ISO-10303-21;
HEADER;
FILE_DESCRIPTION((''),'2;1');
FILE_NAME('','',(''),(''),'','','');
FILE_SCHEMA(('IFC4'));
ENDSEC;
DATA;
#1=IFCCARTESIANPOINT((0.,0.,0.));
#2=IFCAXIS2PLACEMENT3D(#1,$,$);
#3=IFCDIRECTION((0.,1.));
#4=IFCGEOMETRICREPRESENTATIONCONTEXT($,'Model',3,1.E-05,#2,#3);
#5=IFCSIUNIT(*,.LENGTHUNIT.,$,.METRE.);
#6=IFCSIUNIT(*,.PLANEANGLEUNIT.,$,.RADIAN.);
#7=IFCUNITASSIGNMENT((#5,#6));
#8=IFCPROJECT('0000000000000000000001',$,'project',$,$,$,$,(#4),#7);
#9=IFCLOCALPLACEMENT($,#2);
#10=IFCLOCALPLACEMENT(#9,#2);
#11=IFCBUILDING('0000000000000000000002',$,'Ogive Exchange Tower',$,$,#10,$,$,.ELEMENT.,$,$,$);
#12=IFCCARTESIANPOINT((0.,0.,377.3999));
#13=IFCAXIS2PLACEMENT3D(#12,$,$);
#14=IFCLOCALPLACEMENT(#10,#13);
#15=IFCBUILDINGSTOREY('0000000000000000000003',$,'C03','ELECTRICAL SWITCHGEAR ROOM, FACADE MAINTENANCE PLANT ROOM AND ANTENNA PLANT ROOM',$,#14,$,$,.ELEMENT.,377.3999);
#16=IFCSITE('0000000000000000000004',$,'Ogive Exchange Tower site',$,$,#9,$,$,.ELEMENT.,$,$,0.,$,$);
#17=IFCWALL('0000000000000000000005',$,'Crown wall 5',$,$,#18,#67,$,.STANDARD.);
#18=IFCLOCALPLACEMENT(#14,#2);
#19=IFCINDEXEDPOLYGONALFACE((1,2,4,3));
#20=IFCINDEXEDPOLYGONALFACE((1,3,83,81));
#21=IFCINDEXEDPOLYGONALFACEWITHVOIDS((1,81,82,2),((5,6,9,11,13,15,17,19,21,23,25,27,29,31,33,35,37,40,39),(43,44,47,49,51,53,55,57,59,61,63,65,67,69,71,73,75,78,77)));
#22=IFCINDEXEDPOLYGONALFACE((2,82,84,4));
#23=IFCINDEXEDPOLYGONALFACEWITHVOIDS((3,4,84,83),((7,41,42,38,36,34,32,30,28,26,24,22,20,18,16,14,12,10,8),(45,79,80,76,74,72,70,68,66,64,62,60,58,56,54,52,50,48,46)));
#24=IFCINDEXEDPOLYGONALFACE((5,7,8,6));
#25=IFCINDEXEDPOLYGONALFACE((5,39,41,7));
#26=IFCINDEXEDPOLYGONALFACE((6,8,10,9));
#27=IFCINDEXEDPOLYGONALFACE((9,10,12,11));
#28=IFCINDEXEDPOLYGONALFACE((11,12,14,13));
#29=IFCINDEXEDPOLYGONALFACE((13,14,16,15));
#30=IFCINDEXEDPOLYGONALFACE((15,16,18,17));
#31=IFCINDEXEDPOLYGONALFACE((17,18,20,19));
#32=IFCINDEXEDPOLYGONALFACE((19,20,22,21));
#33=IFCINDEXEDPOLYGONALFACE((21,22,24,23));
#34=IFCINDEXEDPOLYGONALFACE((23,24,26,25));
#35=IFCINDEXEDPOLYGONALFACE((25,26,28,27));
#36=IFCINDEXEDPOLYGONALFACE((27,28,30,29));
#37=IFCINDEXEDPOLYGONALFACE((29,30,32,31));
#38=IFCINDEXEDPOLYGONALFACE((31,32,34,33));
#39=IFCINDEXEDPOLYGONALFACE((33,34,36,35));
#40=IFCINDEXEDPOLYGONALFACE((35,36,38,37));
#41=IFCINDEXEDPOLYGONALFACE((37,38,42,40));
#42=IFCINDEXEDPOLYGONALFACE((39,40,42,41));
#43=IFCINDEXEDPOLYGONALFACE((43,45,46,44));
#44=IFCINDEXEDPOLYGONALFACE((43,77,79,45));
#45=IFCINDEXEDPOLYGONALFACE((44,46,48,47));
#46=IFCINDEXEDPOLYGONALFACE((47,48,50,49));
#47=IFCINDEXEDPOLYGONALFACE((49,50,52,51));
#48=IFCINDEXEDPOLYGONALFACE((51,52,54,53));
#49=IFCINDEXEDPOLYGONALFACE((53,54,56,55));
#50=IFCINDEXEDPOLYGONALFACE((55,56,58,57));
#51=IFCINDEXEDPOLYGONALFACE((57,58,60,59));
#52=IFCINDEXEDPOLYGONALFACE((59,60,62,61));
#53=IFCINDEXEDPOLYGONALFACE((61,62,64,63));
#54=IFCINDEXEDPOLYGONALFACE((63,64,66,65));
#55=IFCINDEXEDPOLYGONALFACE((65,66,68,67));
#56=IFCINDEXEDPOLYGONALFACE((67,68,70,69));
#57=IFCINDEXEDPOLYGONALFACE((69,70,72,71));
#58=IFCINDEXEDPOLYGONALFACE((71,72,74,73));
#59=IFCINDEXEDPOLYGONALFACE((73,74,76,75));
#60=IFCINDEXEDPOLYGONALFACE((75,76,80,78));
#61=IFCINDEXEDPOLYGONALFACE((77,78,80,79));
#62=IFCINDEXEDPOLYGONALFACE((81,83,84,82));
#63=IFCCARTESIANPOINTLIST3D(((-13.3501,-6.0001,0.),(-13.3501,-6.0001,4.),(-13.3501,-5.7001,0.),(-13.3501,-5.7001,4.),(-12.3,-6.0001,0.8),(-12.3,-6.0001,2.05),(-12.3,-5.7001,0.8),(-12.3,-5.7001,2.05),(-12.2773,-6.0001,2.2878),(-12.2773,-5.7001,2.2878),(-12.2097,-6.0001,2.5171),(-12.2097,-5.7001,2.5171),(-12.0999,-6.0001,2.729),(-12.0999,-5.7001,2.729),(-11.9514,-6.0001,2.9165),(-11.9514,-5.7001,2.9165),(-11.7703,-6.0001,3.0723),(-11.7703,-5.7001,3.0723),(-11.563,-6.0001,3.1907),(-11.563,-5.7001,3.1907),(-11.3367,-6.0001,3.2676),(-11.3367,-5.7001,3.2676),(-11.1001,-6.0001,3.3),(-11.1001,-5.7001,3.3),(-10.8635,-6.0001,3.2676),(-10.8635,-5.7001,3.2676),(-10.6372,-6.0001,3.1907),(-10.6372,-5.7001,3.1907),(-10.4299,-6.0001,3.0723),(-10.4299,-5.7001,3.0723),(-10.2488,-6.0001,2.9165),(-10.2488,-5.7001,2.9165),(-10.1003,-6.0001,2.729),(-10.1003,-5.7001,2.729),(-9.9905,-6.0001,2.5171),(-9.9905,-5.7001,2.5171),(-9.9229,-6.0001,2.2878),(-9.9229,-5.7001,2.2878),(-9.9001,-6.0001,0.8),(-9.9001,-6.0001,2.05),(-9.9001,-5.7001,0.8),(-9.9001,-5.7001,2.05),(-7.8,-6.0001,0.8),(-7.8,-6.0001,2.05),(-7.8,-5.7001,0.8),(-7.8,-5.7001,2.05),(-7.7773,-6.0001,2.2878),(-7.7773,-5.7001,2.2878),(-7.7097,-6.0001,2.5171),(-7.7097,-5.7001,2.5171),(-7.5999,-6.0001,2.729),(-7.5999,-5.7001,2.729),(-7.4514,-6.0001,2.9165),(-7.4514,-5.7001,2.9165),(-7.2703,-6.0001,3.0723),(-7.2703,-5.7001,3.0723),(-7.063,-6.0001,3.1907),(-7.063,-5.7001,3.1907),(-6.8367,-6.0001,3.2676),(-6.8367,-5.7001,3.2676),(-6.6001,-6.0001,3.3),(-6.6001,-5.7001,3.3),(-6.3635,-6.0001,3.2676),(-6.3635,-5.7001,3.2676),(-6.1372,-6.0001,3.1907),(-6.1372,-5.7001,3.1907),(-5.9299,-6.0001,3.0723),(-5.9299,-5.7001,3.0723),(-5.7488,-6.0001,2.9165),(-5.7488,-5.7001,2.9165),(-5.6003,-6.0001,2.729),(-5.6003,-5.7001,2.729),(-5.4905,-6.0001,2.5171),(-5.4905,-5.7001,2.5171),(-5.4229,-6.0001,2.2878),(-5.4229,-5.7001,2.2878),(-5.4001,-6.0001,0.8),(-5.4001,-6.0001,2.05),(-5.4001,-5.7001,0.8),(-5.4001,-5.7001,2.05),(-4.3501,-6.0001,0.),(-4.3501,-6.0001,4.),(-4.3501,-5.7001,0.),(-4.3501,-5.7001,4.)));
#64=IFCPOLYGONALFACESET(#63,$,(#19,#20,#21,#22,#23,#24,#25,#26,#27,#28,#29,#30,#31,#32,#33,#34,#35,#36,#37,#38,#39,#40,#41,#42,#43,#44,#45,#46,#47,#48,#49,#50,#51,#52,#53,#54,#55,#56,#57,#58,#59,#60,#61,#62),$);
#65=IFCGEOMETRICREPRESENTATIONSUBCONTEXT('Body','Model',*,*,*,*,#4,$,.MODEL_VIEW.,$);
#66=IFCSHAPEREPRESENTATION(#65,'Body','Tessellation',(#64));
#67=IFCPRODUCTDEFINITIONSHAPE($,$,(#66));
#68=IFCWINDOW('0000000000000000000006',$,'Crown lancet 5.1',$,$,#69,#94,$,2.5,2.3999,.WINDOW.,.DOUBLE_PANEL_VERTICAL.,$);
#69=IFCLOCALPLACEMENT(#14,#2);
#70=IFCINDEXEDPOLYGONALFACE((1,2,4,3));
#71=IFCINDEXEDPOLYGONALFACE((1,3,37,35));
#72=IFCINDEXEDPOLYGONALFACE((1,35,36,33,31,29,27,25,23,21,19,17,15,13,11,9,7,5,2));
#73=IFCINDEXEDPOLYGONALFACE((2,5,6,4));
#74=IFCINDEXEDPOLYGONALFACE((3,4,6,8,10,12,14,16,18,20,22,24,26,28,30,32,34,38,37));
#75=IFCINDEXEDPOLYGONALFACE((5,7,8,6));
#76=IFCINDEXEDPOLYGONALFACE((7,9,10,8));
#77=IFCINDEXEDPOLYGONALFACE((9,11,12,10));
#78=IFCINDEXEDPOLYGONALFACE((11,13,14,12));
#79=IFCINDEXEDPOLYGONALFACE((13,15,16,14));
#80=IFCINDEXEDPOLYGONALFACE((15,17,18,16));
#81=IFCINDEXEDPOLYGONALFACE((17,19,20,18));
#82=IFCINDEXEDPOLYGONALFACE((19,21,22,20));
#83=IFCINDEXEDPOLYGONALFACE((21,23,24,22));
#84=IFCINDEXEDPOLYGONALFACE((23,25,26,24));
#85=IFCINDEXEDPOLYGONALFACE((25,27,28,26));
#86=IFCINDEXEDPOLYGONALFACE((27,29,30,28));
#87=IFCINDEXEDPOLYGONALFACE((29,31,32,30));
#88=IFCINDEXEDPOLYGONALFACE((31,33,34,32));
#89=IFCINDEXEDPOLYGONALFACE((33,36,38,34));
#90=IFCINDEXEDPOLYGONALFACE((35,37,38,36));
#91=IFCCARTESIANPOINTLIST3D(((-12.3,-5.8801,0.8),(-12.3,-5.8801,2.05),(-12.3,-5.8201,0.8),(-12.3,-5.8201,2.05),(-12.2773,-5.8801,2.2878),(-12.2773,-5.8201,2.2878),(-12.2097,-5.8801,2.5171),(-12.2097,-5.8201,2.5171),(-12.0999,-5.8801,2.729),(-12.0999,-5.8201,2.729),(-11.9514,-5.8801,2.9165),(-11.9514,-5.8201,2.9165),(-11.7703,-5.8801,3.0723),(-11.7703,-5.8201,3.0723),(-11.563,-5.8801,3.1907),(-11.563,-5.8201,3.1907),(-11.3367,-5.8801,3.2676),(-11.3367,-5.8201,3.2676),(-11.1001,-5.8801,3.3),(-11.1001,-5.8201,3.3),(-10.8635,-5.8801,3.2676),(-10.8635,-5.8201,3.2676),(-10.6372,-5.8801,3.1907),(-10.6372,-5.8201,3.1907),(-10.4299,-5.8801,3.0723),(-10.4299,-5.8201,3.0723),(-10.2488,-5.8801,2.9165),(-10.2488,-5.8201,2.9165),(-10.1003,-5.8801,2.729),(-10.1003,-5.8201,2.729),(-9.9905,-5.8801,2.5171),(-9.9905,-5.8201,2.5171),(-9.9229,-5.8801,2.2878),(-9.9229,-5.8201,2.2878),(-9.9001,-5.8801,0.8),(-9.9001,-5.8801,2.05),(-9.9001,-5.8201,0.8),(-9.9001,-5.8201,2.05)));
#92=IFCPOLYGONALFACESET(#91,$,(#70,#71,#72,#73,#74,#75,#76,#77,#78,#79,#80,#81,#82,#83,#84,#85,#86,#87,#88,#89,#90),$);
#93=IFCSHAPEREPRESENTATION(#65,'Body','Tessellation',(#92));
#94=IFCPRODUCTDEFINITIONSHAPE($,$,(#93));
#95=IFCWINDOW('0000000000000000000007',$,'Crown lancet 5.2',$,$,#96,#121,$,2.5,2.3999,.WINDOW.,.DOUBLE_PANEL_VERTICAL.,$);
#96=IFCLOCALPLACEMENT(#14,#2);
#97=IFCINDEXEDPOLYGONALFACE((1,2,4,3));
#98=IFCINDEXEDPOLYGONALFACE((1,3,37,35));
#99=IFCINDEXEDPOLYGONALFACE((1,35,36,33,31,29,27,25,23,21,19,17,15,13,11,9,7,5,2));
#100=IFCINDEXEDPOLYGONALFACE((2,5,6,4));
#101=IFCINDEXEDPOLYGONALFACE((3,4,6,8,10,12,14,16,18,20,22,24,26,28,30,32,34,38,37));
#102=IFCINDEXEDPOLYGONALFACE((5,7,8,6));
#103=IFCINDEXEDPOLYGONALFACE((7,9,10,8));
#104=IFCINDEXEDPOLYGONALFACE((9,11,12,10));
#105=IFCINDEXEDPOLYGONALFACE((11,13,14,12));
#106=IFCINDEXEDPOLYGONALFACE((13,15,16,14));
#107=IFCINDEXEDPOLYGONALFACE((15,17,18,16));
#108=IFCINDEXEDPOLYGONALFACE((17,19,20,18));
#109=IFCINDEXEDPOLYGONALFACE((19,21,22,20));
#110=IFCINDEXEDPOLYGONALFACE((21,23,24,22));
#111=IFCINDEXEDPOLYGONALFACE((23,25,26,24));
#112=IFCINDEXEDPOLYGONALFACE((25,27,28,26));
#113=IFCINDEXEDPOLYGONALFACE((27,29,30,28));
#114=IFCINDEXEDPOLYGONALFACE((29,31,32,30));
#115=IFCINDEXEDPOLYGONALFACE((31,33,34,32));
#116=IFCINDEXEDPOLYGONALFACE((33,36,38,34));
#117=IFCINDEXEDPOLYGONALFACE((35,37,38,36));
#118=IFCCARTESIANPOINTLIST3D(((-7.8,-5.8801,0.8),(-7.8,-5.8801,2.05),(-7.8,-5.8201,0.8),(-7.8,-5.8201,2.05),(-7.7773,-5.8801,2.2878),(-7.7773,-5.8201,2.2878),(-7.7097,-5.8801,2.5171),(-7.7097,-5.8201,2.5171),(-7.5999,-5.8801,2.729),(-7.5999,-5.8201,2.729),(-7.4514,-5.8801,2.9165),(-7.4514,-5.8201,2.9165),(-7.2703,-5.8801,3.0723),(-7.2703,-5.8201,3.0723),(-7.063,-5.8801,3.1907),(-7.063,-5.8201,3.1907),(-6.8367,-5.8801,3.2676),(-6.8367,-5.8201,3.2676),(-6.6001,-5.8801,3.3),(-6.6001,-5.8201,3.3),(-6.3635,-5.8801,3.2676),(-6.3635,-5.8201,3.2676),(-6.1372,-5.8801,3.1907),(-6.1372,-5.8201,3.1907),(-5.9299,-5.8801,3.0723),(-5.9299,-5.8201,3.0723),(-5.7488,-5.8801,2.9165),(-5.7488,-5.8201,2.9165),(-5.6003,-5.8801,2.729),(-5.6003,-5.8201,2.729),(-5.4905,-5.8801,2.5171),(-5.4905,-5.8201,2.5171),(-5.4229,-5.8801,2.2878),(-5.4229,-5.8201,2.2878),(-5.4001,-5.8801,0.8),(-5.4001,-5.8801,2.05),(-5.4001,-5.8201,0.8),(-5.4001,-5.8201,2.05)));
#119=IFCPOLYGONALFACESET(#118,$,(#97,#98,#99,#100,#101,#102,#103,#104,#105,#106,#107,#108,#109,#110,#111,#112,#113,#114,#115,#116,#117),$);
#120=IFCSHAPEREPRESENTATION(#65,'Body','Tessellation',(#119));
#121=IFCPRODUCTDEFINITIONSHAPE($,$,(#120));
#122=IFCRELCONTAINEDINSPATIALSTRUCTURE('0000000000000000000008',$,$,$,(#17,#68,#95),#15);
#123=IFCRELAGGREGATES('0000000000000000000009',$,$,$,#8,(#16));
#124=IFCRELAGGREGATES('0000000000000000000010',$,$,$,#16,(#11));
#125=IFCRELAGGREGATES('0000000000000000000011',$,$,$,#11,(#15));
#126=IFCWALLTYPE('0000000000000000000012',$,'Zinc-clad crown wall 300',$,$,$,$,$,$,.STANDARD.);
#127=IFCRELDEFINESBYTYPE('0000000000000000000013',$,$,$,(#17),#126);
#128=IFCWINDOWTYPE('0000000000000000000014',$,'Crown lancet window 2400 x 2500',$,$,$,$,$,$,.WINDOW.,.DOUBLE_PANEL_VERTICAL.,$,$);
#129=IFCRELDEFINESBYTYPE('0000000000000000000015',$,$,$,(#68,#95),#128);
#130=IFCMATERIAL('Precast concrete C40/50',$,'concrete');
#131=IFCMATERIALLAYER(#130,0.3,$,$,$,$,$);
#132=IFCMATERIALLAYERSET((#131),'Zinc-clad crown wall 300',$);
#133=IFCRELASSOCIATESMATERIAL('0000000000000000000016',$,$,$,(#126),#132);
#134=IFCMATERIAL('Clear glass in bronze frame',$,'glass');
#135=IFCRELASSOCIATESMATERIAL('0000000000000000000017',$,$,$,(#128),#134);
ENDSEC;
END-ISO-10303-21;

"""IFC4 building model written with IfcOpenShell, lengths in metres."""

from ifc_helpers import new_model, si_unit, direction, frame, frame_2d, origin, place, context, subcontext, project, spatial, polyline, rectangle, outline, extrude, material, layer, layer_set, type_object, element, fill, save


model = new_model("IFC4")

# Units and contexts
model_context = context("Model", 3, precision=1e-05, world=origin(), true_north=direction((0.0, 1.0)))
body_context = subcontext(model_context, "Body", "Model", "MODEL_VIEW")
ifc_project = project(units=[si_unit("LENGTHUNIT", "METRE"), si_unit("PLANEANGLEUNIT", "RADIAN")], contexts=[model_context])

# Site, building, storey
site_placement = place(None, origin())
site = spatial("IfcSite", under=ifc_project, at=site_placement, Name="Ogive Exchange Tower site", CompositionType="ELEMENT", RefElevation=0.0)
building_placement = place(site_placement, origin())
building = spatial("IfcBuilding", under=site, at=building_placement, Name="Ogive Exchange Tower", CompositionType="ELEMENT")
storey_placement = place(building_placement, frame((0.0, 0.0, 377.3999)))
storey = spatial("IfcBuildingStorey", under=building, at=storey_placement, Name="C03", Description="ELECTRICAL SWITCHGEAR ROOM, FACADE MAINTENANCE PLANT ROOM AND ANTENNA PLANT ROOM", CompositionType="ELEMENT", Elevation=377.3999)

# Wall, openings, windows
ifc_material_1 = material(Name="Precast concrete C40/50", Category="concrete")
ifc_layer_1 = layer(ifc_material_1, 0.3)
ifc_layer_set_1 = layer_set([ifc_layer_1], Name="Zinc-clad crown wall 300")
wall_type_1 = type_object("IfcWallType", Name="Zinc-clad crown wall 300", PredefinedType="STANDARD", material=ifc_layer_set_1)
wall_1_placement = place(storey_placement, frame((-13.3501, -5.8501, 0.0), z_axis=(0.0, 0.0, 1.0), x_axis=(1.0, 0.0, 0.0)))
wall_1 = element("IfcWall", 1, at=wall_1_placement, inside=storey, type_object=wall_type_1, Name="Crown wall 5", PredefinedType="STANDARD", context=body_context, shape_type="SweptSolid", body=[
    extrude(rectangle(XDim=9.0, YDim=0.3, at=frame_2d((4.5, 0.0))), origin(), (0.0, 0.0, 1.0), 4.0),
])
opening_1_placement = place(wall_1_placement, frame((1.05, 0.0, 0.8)))
opening_1 = element("IfcOpeningElement", 2, at=opening_1_placement, cuts=wall_1, PredefinedType="OPENING", context=body_context, shape_type="SweptSolid", body=[
    extrude(outline(polyline([(0.0, 0.0), (2.3999, 0.0), (2.3999, 1.25), (2.3772, 1.4878), (2.3096, 1.717), (2.1997, 1.929), (2.0513, 2.1165), (1.8701, 2.2722), (1.6628, 2.3906), (1.4365, 2.4675), (1.2, 2.5), (0.9634, 2.4675), (0.7371, 2.3906), (0.5298, 2.2722), (0.3486, 2.1165), (0.2002, 1.929), (0.0903, 1.717), (0.0227, 1.4878), (0.0, 1.25), (0.0, 0.0)])), frame((0.0, 0.1599, 0.0), z_axis=(0.0, -1.0, 0.0), x_axis=(1.0, 0.0, 0.0)), (0.0, 0.0, 1.0), 0.3201),
])
opening_2_placement = place(wall_1_placement, frame((5.55, 0.0, 0.8)))
opening_2 = element("IfcOpeningElement", 3, at=opening_2_placement, cuts=wall_1, PredefinedType="OPENING", context=body_context, shape_type="SweptSolid", body=[
    extrude(outline(polyline([(0.0, 0.0), (2.3999, 0.0), (2.3999, 1.25), (2.3772, 1.4878), (2.3096, 1.717), (2.1997, 1.929), (2.0513, 2.1165), (1.8701, 2.2722), (1.6628, 2.3906), (1.4365, 2.4675), (1.2, 2.5), (0.9634, 2.4675), (0.7371, 2.3906), (0.5298, 2.2722), (0.3486, 2.1165), (0.2002, 1.929), (0.0903, 1.717), (0.0227, 1.4878), (0.0, 1.25), (0.0, 0.0)])), frame((0.0, 0.1599, 0.0), z_axis=(0.0, -1.0, 0.0), x_axis=(1.0, 0.0, 0.0)), (0.0, 0.0, 1.0), 0.3201),
])
ifc_material_2 = material(Name="Clear glass in bronze frame", Category="glass")
window_type = type_object("IfcWindowType", Name="Crown lancet window 2400 x 2500", PartitioningType="DOUBLE_PANEL_VERTICAL", PredefinedType="WINDOW", material=ifc_material_2)
window_1_placement = place(opening_1_placement, origin())
window_1 = element("IfcWindow", 4, at=window_1_placement, inside=storey, type_object=window_type, Name="Crown lancet 5.1", OverallHeight=2.5, OverallWidth=2.3999, PartitioningType="DOUBLE_PANEL_VERTICAL", PredefinedType="WINDOW", context=body_context, shape_type="SweptSolid", body=[
    extrude(outline(polyline([(0.0, 0.0), (2.3999, 0.0), (2.3999, 1.25), (2.3772, 1.4878), (2.3096, 1.717), (2.1997, 1.929), (2.0513, 2.1165), (1.8701, 2.2722), (1.6628, 2.3906), (1.4365, 2.4675), (1.2, 2.5), (0.9634, 2.4675), (0.7371, 2.3906), (0.5298, 2.2722), (0.3486, 2.1165), (0.2002, 1.929), (0.0903, 1.717), (0.0227, 1.4878), (0.0, 1.25), (0.0, 0.0)])), frame((0.0, 0.03, 0.0), z_axis=(0.0, -1.0, 0.0), x_axis=(1.0, 0.0, 0.0)), (0.0, 0.0, 1.0), 0.0601),
])
fill(opening_1, window_1)
window_2_placement = place(opening_2_placement, origin())
window_2 = element("IfcWindow", 5, at=window_2_placement, inside=storey, type_object=window_type, Name="Crown lancet 5.2", OverallHeight=2.5, OverallWidth=2.3999, PartitioningType="DOUBLE_PANEL_VERTICAL", PredefinedType="WINDOW", context=body_context, shape_type="SweptSolid", body=[
    extrude(outline(polyline([(0.0, 0.0), (2.3999, 0.0), (2.3999, 1.25), (2.3772, 1.4878), (2.3096, 1.717), (2.1997, 1.929), (2.0513, 2.1165), (1.8701, 2.2722), (1.6628, 2.3906), (1.4365, 2.4675), (1.2, 2.5), (0.9634, 2.4675), (0.7371, 2.3906), (0.5298, 2.2722), (0.3486, 2.1165), (0.2002, 1.929), (0.0903, 1.717), (0.0227, 1.4878), (0.0, 1.25), (0.0, 0.0)])), frame((0.0, 0.03, 0.0), z_axis=(0.0, -1.0, 0.0), x_axis=(1.0, 0.0, 0.0)), (0.0, 0.0, 1.0), 0.0601),
])
fill(opening_2, window_2)

save(model, "model.ifc")
